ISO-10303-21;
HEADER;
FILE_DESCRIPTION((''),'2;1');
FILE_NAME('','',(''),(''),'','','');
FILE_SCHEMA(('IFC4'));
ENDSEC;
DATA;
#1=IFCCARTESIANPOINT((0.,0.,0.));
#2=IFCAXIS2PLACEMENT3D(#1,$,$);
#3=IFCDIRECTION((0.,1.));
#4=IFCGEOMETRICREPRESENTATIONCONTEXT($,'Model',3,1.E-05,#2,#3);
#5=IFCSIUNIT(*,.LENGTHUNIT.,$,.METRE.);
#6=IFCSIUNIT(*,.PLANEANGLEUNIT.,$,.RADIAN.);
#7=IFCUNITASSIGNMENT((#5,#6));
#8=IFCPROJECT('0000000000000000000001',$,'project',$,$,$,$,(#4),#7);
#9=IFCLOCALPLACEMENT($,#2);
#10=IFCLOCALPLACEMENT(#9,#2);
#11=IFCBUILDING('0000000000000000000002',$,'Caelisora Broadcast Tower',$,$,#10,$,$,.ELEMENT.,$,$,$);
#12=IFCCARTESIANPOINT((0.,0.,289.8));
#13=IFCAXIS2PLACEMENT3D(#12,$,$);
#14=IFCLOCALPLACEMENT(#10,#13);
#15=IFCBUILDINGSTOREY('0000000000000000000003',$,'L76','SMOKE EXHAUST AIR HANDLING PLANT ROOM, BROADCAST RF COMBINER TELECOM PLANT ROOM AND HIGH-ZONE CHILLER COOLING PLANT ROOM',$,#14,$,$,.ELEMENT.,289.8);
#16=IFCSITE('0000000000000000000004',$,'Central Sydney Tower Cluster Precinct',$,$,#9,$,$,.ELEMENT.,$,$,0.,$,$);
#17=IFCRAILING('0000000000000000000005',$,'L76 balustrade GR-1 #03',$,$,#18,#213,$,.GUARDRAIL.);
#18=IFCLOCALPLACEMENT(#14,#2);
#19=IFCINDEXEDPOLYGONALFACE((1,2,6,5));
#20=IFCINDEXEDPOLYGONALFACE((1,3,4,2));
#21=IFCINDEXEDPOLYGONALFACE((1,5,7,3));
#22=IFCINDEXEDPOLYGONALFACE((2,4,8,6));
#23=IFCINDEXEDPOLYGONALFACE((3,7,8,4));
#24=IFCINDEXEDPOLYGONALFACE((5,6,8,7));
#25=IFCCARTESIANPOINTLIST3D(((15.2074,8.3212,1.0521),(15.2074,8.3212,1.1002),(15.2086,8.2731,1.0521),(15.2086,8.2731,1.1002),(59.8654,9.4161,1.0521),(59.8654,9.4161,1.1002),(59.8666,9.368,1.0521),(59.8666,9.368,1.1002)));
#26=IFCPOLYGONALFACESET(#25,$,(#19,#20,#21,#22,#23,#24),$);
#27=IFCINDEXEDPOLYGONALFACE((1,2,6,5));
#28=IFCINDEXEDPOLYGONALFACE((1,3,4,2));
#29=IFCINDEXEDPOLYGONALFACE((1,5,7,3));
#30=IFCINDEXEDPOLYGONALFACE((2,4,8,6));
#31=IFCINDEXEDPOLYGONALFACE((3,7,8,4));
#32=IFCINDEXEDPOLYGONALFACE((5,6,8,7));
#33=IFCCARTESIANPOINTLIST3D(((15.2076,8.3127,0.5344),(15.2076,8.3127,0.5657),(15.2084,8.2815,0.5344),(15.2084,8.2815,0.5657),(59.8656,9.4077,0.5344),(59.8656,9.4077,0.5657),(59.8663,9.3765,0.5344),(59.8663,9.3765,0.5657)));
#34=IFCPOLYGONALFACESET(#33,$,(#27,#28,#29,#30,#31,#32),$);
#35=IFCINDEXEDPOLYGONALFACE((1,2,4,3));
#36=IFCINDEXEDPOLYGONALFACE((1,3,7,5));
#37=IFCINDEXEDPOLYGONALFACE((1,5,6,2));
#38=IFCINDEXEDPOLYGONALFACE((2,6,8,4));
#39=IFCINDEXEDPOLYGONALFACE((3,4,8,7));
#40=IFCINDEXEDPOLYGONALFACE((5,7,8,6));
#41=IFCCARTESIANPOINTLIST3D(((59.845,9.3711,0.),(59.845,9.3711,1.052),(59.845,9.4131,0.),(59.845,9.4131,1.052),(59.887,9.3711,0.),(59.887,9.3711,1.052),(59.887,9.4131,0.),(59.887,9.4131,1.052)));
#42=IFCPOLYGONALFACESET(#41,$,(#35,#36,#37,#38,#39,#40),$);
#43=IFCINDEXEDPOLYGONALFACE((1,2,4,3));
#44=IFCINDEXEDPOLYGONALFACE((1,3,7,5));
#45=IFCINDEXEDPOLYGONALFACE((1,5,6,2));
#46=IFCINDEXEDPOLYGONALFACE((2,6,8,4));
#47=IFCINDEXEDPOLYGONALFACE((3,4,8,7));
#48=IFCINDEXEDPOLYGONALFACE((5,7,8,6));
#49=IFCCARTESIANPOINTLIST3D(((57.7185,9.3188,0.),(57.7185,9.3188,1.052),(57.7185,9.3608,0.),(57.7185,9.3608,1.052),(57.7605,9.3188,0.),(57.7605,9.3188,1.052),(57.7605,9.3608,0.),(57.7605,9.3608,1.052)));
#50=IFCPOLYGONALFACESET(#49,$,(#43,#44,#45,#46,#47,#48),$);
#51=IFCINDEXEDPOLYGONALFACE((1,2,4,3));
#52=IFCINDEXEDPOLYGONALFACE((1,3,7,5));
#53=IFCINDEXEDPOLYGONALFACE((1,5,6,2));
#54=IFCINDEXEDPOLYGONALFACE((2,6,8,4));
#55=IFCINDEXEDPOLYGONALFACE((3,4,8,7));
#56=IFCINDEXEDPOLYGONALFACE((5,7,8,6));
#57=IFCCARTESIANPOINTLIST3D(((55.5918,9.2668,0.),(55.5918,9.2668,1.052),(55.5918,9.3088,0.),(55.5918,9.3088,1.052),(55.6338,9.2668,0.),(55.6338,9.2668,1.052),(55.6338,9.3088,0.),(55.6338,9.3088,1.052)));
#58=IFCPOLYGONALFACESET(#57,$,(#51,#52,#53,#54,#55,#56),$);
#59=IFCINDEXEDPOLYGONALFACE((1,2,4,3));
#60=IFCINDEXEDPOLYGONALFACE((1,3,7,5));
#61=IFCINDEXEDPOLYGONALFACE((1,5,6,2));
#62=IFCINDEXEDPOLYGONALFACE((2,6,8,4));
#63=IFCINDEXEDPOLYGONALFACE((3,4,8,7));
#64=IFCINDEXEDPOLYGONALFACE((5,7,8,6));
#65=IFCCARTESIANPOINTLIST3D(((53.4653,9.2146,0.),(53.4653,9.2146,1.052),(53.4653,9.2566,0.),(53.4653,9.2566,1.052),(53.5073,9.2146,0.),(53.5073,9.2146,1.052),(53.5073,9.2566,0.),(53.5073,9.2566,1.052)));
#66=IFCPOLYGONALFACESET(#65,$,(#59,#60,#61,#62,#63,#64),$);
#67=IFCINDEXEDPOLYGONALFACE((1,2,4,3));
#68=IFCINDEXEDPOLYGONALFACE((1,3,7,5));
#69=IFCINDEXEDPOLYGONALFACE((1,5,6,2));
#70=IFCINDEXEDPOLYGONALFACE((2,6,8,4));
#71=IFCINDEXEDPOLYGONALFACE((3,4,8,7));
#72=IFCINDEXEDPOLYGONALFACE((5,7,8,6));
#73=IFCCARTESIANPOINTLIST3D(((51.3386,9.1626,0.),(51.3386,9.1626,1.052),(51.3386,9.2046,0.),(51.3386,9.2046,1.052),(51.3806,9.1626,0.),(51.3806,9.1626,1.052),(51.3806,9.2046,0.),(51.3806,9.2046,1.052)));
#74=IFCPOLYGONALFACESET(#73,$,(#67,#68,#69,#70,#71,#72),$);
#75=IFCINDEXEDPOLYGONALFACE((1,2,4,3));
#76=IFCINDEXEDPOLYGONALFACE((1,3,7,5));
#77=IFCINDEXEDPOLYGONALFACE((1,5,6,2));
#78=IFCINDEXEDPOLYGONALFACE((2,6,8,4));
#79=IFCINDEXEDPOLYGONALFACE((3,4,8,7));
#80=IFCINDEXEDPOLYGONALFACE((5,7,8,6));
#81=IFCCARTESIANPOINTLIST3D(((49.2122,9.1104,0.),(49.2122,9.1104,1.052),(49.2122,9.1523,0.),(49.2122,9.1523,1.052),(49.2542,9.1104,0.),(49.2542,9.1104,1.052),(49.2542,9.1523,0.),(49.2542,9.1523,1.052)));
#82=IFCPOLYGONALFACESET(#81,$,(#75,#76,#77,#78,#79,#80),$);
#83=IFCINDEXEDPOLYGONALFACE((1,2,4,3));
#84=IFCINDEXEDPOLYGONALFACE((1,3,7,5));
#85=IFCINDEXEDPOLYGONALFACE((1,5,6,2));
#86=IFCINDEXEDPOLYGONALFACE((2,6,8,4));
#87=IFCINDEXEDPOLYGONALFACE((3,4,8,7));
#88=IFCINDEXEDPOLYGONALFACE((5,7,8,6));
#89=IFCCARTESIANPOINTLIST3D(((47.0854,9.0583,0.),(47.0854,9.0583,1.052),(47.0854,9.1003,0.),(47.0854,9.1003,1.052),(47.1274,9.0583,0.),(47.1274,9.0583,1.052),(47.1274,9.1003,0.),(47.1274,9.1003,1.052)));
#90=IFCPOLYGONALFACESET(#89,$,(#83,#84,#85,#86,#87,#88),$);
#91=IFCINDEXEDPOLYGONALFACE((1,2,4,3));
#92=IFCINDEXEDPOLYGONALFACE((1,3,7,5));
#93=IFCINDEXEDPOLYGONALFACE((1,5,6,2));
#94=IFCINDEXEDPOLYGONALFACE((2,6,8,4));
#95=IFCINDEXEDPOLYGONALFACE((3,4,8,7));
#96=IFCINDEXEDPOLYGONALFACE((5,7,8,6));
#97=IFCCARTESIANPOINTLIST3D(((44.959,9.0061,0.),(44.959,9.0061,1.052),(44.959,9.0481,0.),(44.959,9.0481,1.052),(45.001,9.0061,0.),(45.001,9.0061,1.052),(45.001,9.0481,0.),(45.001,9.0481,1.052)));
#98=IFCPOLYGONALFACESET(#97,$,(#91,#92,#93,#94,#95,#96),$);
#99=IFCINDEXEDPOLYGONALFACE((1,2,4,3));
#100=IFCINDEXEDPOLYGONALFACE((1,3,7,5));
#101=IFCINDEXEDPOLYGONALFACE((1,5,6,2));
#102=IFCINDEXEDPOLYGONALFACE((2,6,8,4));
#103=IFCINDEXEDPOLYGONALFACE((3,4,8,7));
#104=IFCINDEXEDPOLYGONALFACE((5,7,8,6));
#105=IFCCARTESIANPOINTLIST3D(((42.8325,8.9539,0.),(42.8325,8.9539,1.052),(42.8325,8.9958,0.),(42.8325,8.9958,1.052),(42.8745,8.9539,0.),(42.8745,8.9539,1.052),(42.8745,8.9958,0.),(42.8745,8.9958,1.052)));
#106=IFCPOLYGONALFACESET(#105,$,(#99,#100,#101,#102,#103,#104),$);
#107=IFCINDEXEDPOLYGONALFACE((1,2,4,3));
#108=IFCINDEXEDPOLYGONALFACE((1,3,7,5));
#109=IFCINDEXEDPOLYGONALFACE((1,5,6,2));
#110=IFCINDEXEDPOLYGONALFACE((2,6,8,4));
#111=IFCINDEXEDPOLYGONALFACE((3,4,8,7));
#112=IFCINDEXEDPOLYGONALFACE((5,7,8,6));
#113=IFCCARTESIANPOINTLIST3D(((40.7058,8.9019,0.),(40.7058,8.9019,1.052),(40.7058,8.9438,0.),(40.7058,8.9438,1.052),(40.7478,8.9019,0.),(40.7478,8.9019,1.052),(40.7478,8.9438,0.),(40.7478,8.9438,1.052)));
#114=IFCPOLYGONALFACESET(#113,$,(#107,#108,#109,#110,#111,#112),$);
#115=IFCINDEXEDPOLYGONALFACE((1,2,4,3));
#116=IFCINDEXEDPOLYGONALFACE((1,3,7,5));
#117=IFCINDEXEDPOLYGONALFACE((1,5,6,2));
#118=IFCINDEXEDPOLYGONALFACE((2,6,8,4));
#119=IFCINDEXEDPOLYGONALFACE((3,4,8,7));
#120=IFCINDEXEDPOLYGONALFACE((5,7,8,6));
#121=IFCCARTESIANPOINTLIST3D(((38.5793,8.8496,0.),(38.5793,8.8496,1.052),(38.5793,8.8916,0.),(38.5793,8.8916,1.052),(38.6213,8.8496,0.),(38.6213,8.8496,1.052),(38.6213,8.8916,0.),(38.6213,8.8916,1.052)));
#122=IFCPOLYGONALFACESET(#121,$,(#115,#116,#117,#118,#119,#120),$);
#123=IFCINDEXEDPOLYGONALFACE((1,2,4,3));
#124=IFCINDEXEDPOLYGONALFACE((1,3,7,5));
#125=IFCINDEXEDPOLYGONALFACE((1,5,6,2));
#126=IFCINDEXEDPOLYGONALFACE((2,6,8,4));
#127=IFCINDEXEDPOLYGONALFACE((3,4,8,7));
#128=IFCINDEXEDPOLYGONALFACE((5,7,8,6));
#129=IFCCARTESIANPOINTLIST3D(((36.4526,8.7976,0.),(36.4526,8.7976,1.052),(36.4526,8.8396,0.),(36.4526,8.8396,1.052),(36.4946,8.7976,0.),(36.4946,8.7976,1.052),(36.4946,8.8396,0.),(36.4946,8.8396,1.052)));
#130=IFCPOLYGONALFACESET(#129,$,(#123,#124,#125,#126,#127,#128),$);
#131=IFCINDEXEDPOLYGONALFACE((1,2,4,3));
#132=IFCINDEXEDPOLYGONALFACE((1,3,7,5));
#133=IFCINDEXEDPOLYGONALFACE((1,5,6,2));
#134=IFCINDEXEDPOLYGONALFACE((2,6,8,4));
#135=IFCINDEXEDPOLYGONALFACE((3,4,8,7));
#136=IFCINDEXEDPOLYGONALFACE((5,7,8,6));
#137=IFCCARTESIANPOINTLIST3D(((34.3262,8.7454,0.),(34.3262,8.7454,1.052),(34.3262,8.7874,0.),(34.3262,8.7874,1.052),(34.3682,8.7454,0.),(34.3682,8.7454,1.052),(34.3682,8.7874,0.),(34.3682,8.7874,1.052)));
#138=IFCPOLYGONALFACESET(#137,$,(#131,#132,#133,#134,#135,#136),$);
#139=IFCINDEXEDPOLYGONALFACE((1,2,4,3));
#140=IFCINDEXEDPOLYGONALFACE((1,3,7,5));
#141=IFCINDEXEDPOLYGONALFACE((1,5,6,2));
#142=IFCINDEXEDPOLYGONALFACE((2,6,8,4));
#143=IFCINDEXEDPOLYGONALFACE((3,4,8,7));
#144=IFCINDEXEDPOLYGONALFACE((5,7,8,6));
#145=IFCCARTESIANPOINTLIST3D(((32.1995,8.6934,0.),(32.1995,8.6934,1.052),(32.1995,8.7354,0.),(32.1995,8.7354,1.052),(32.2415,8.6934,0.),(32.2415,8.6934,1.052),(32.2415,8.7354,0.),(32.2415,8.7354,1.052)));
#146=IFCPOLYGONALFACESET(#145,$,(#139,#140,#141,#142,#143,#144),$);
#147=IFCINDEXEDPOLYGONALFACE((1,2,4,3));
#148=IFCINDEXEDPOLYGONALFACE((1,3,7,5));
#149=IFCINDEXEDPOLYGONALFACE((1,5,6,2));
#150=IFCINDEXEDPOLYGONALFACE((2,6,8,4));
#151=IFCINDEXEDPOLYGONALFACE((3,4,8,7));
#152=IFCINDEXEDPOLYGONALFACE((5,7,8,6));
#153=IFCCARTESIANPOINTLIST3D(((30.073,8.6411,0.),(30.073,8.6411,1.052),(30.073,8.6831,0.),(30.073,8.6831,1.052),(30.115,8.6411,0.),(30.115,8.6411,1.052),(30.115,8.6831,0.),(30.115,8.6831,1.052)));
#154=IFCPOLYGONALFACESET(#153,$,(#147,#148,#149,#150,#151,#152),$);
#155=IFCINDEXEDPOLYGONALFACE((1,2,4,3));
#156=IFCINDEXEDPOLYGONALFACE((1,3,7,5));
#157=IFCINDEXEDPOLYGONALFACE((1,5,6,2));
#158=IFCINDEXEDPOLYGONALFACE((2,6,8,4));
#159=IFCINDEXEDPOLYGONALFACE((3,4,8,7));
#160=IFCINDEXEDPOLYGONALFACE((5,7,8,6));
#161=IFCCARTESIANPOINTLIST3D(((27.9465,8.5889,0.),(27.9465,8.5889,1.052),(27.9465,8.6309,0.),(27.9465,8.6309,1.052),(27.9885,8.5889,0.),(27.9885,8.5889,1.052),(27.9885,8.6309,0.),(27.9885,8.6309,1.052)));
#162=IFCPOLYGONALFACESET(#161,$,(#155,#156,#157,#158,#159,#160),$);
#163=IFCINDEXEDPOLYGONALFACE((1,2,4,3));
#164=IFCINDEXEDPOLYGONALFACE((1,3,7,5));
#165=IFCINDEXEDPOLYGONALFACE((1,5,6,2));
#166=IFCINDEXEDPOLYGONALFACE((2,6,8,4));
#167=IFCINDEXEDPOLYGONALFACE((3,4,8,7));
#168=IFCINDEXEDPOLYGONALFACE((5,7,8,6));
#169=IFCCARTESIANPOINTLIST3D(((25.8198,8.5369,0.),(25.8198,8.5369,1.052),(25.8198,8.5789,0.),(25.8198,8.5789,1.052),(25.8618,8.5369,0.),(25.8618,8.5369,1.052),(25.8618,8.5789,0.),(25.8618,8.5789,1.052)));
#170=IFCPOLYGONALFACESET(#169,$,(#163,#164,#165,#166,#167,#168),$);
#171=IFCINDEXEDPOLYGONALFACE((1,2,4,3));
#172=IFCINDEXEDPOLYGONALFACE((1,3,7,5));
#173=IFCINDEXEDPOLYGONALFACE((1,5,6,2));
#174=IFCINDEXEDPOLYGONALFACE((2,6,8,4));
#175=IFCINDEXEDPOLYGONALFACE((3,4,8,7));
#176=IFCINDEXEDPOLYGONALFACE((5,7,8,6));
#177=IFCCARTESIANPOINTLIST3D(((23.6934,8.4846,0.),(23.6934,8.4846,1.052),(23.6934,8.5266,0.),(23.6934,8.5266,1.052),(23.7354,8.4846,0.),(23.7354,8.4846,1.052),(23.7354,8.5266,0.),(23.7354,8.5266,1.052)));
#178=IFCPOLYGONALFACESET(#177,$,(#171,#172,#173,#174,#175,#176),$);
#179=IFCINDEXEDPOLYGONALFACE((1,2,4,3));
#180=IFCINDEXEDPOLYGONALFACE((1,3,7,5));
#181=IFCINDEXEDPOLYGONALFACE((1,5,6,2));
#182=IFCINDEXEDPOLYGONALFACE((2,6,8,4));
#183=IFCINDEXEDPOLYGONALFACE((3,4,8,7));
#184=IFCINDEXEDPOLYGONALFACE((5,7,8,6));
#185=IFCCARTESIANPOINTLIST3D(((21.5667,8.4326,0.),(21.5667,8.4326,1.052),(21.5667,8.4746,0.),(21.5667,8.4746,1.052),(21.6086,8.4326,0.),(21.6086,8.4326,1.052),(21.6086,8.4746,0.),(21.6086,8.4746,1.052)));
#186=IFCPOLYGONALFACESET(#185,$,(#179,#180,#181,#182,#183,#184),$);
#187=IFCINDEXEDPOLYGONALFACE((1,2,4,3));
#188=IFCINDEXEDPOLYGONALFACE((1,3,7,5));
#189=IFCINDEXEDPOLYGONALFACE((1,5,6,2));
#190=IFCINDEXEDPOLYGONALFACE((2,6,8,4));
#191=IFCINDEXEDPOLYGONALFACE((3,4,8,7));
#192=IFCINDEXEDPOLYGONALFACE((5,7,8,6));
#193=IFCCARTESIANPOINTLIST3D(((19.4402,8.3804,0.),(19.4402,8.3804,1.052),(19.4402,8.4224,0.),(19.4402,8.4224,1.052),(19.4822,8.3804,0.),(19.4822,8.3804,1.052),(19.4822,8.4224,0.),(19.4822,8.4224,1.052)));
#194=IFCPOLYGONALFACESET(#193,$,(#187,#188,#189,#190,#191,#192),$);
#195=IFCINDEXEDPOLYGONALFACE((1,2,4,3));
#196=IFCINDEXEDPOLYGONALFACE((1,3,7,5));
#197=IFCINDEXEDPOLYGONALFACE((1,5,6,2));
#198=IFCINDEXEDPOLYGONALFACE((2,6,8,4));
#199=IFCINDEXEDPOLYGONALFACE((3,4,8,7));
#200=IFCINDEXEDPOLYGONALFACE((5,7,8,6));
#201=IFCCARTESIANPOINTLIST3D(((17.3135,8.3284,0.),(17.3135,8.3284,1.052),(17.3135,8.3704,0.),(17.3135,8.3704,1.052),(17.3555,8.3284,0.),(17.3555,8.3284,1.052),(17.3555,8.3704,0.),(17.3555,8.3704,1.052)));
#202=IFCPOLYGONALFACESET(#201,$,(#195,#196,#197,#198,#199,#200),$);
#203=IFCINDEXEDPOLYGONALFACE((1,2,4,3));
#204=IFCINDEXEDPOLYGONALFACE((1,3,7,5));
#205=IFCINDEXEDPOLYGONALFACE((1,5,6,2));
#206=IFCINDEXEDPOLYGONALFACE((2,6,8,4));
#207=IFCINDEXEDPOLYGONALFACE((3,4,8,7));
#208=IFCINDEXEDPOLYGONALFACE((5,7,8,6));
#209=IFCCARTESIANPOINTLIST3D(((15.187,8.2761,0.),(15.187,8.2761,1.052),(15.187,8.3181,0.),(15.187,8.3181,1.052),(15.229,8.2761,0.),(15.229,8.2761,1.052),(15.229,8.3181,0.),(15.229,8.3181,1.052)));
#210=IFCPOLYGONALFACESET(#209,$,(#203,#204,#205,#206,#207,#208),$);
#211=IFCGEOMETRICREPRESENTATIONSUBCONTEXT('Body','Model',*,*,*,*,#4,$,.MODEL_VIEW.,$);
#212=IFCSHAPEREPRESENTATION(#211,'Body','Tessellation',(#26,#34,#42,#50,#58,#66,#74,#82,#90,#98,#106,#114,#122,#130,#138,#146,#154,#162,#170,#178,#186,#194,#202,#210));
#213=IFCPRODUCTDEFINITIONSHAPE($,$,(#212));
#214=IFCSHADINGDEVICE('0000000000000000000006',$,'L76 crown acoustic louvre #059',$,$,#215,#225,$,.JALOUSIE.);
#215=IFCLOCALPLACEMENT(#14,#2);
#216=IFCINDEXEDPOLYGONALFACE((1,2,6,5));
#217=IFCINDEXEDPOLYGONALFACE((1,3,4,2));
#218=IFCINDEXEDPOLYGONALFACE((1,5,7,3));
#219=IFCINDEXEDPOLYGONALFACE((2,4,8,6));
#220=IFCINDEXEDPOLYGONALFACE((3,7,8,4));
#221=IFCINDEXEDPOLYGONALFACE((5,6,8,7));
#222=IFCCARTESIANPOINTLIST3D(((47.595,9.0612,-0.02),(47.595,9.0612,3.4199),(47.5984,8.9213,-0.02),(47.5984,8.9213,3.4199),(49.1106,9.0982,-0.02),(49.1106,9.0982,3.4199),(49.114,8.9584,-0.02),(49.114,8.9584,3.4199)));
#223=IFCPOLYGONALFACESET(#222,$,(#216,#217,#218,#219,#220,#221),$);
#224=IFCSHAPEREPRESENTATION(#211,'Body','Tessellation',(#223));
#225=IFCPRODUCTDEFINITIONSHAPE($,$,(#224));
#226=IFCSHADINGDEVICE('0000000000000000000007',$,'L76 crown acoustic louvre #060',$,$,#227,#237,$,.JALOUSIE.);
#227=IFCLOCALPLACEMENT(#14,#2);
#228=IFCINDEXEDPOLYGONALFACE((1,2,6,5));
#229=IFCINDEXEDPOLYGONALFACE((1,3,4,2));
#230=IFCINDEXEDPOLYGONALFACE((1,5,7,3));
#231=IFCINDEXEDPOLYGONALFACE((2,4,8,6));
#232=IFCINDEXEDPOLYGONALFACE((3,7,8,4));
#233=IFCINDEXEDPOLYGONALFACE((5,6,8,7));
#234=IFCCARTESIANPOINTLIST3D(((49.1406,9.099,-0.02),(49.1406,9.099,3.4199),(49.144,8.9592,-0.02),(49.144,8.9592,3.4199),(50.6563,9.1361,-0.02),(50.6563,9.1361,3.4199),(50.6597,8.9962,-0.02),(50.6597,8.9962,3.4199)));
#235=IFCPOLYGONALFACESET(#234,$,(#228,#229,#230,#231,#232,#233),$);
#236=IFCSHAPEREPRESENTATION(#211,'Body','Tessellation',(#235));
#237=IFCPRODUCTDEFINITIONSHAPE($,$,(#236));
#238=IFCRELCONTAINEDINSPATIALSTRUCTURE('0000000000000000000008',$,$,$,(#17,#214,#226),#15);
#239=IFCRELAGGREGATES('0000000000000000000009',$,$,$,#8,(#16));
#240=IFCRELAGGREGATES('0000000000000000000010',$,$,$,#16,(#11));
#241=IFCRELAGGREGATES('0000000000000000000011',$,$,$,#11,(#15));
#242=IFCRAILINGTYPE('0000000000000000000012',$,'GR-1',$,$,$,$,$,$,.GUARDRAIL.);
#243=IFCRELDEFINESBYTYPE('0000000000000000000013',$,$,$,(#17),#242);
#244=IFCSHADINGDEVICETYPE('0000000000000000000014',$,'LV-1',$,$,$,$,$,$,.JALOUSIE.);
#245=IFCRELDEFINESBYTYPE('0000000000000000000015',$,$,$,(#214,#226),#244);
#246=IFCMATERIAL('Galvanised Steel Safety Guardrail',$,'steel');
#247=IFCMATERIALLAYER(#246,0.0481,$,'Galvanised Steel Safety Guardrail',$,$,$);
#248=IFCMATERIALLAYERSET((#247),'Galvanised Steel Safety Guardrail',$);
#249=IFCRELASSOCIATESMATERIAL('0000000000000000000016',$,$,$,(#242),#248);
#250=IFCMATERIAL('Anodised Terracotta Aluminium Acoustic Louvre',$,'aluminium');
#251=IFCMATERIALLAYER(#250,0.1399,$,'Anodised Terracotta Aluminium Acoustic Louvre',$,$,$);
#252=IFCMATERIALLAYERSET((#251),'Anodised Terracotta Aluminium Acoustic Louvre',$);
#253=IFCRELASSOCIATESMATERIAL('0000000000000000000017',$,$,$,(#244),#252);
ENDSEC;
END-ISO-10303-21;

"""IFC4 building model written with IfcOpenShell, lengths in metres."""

from ifc_helpers import new_model, si_unit, direction, frame, origin, origin_2d, place, context, subcontext, project, spatial, rectangle, extrude, source, transform, mapped, material, layer, layer_set, type_object, element, save


model = new_model("IFC4")

# Units and contexts
model_context = context("Model", 3, precision=1e-05, world=origin(), true_north=direction((0.0, 1.0)))
body_context = subcontext(model_context, "Body", "Model", "MODEL_VIEW")
ifc_project = project(units=[si_unit("LENGTHUNIT", "METRE"), si_unit("PLANEANGLEUNIT", "RADIAN")], contexts=[model_context])

# Site, building, storey
site_placement = place(None, origin())
site = spatial("IfcSite", under=ifc_project, at=site_placement, Name="Central Sydney Tower Cluster Precinct", CompositionType="ELEMENT", RefElevation=0.0)
building_placement = place(site_placement, origin())
building = spatial("IfcBuilding", under=site, at=building_placement, Name="Caelisora Broadcast Tower", CompositionType="ELEMENT")
storey_placement = place(building_placement, frame((0.0, 0.0, 289.8)))
storey = spatial("IfcBuildingStorey", under=building, at=storey_placement, Name="L76", Description="SMOKE EXHAUST AIR HANDLING PLANT ROOM, BROADCAST RF COMBINER TELECOM PLANT ROOM AND HIGH-ZONE CHILLER COOLING PLANT ROOM", CompositionType="ELEMENT", Elevation=289.8)

# Railing
ifc_material_1 = material(Name="Galvanised Steel Safety Guardrail", Category="steel")
ifc_layer_1 = layer(ifc_material_1, 0.0481, Name="Galvanised Steel Safety Guardrail")
ifc_layer_set_1 = layer_set([ifc_layer_1], Name="Galvanised Steel Safety Guardrail")
railing_type = type_object("IfcRailingType", Name="GR-1", PredefinedType="GUARDRAIL", material=ifc_layer_set_1)
railing_1_placement = place(storey_placement, frame((59.866, 9.3921, 0.0)))
element("IfcRailing", 1, at=railing_1_placement, inside=storey, type_object=railing_type, Name="L76 balustrade GR-1 #03", PredefinedType="GUARDRAIL", context=body_context, shape_type="SweptSolid", body=[
    extrude(rectangle(XDim=0.0481, YDim=0.0481, at=origin_2d()), frame((0.0, 0.0, 1.0762), z_axis=(-0.9997, -0.024512, 0.0), x_axis=(0.024512, -0.9997, 0.0)), (0.0, 0.0, 1.0), 44.6714),
    extrude(rectangle(XDim=0.0312, YDim=0.0312, at=origin_2d()), frame((0.0, 0.0, 0.55), z_axis=(-0.9997, -0.024512, 0.0), x_axis=(0.024512, -0.9997, 0.0)), (0.0, 0.0, 1.0), 44.6714),
    extrude(rectangle(XDim=0.042, YDim=0.042, at=origin_2d()), origin(), (0.0, 0.0, 1.0), 1.052),
    extrude(rectangle(XDim=0.042, YDim=0.042, at=origin_2d()), frame((-2.1265, -0.0522, 0.0)), (0.0, 0.0, 1.0), 1.052),
    extrude(rectangle(XDim=0.042, YDim=0.042, at=origin_2d()), frame((-4.2532, -0.1042, 0.0)), (0.0, 0.0, 1.0), 1.052),
    extrude(rectangle(XDim=0.042, YDim=0.042, at=origin_2d()), frame((-6.3796, -0.1565, 0.0)), (0.0, 0.0, 1.0), 1.052),
    extrude(rectangle(XDim=0.042, YDim=0.042, at=origin_2d()), frame((-8.5063, -0.2085, 0.0)), (0.0, 0.0, 1.0), 1.052),
    extrude(rectangle(XDim=0.042, YDim=0.042, at=origin_2d()), frame((-10.6328, -0.2607, 0.0)), (0.0, 0.0, 1.0), 1.052),
    extrude(rectangle(XDim=0.042, YDim=0.042, at=origin_2d()), frame((-12.7595, -0.3127, 0.0)), (0.0, 0.0, 1.0), 1.052),
    extrude(rectangle(XDim=0.042, YDim=0.042, at=origin_2d()), frame((-14.886, -0.365, 0.0)), (0.0, 0.0, 1.0), 1.052),
    extrude(rectangle(XDim=0.042, YDim=0.042, at=origin_2d()), frame((-17.0125, -0.4172, 0.0)), (0.0, 0.0, 1.0), 1.052),
    extrude(rectangle(XDim=0.042, YDim=0.042, at=origin_2d()), frame((-19.1392, -0.4692, 0.0)), (0.0, 0.0, 1.0), 1.052),
    extrude(rectangle(XDim=0.042, YDim=0.042, at=origin_2d()), frame((-21.2656, -0.5215, 0.0)), (0.0, 0.0, 1.0), 1.052),
    extrude(rectangle(XDim=0.042, YDim=0.042, at=origin_2d()), frame((-23.3923, -0.5735, 0.0)), (0.0, 0.0, 1.0), 1.052),
    extrude(rectangle(XDim=0.042, YDim=0.042, at=origin_2d()), frame((-25.5188, -0.6257, 0.0)), (0.0, 0.0, 1.0), 1.052),
    extrude(rectangle(XDim=0.042, YDim=0.042, at=origin_2d()), frame((-27.6455, -0.6777, 0.0)), (0.0, 0.0, 1.0), 1.052),
    extrude(rectangle(XDim=0.042, YDim=0.042, at=origin_2d()), frame((-29.772, -0.73, 0.0)), (0.0, 0.0, 1.0), 1.052),
    extrude(rectangle(XDim=0.042, YDim=0.042, at=origin_2d()), frame((-31.8984, -0.7822, 0.0)), (0.0, 0.0, 1.0), 1.052),
    extrude(rectangle(XDim=0.042, YDim=0.042, at=origin_2d()), frame((-34.0251, -0.8342, 0.0)), (0.0, 0.0, 1.0), 1.052),
    extrude(rectangle(XDim=0.042, YDim=0.042, at=origin_2d()), frame((-36.1516, -0.8865, 0.0)), (0.0, 0.0, 1.0), 1.052),
    extrude(rectangle(XDim=0.042, YDim=0.042, at=origin_2d()), frame((-38.2783, -0.9385, 0.0)), (0.0, 0.0, 1.0), 1.052),
    extrude(rectangle(XDim=0.042, YDim=0.042, at=origin_2d()), frame((-40.4048, -0.9907, 0.0)), (0.0, 0.0, 1.0), 1.052),
    extrude(rectangle(XDim=0.042, YDim=0.042, at=origin_2d()), frame((-42.5315, -1.0427, 0.0)), (0.0, 0.0, 1.0), 1.052),
    extrude(rectangle(XDim=0.042, YDim=0.042, at=origin_2d()), frame((-44.658, -1.095, 0.0)), (0.0, 0.0, 1.0), 1.052),
])

# Shading devices
ifc_material_2 = material(Name="Anodised Terracotta Aluminium Acoustic Louvre", Category="aluminium")
ifc_layer_2 = layer(ifc_material_2, 0.1399, Name="Anodised Terracotta Aluminium Acoustic Louvre")
ifc_layer_set_2 = layer_set([ifc_layer_2], Name="Anodised Terracotta Aluminium Acoustic Louvre")
shading_device_type = type_object("IfcShadingDeviceType", Name="LV-1", PredefinedType="JALOUSIE", material=ifc_layer_set_2)
shared_shape_1 = source(origin(), body_context, "Body", "SweptSolid", [
    extrude(rectangle(XDim=1.5161, YDim=0.1399, at=origin_2d()), origin(), (0.0, 0.0, 1.0), 3.4399),
])
for number, where, z_axis, x_axis, name in (
    (2, (48.3545, 9.0098, -0.02), (0.0, 0.0, 1.0), (0.999701, 0.024432, 0.0), "L76 crown acoustic louvre #059"),
    (3, (49.9001, 9.0476, -0.02), (0.0, 0.0, 1.0), (0.999701, 0.024432, 0.0), "L76 crown acoustic louvre #060"),
):
    element("IfcShadingDevice", number, at=place(storey_placement, frame(where, z_axis=z_axis, x_axis=x_axis)), inside=storey, type_object=shading_device_type, Name=name, PredefinedType="JALOUSIE", context=body_context, shape_type="MappedRepresentation", body=[
        mapped(shared_shape_1, transform((0.0, 0.0, 0.0), scale=1.0)),
    ])

save(model, "model.ifc")
